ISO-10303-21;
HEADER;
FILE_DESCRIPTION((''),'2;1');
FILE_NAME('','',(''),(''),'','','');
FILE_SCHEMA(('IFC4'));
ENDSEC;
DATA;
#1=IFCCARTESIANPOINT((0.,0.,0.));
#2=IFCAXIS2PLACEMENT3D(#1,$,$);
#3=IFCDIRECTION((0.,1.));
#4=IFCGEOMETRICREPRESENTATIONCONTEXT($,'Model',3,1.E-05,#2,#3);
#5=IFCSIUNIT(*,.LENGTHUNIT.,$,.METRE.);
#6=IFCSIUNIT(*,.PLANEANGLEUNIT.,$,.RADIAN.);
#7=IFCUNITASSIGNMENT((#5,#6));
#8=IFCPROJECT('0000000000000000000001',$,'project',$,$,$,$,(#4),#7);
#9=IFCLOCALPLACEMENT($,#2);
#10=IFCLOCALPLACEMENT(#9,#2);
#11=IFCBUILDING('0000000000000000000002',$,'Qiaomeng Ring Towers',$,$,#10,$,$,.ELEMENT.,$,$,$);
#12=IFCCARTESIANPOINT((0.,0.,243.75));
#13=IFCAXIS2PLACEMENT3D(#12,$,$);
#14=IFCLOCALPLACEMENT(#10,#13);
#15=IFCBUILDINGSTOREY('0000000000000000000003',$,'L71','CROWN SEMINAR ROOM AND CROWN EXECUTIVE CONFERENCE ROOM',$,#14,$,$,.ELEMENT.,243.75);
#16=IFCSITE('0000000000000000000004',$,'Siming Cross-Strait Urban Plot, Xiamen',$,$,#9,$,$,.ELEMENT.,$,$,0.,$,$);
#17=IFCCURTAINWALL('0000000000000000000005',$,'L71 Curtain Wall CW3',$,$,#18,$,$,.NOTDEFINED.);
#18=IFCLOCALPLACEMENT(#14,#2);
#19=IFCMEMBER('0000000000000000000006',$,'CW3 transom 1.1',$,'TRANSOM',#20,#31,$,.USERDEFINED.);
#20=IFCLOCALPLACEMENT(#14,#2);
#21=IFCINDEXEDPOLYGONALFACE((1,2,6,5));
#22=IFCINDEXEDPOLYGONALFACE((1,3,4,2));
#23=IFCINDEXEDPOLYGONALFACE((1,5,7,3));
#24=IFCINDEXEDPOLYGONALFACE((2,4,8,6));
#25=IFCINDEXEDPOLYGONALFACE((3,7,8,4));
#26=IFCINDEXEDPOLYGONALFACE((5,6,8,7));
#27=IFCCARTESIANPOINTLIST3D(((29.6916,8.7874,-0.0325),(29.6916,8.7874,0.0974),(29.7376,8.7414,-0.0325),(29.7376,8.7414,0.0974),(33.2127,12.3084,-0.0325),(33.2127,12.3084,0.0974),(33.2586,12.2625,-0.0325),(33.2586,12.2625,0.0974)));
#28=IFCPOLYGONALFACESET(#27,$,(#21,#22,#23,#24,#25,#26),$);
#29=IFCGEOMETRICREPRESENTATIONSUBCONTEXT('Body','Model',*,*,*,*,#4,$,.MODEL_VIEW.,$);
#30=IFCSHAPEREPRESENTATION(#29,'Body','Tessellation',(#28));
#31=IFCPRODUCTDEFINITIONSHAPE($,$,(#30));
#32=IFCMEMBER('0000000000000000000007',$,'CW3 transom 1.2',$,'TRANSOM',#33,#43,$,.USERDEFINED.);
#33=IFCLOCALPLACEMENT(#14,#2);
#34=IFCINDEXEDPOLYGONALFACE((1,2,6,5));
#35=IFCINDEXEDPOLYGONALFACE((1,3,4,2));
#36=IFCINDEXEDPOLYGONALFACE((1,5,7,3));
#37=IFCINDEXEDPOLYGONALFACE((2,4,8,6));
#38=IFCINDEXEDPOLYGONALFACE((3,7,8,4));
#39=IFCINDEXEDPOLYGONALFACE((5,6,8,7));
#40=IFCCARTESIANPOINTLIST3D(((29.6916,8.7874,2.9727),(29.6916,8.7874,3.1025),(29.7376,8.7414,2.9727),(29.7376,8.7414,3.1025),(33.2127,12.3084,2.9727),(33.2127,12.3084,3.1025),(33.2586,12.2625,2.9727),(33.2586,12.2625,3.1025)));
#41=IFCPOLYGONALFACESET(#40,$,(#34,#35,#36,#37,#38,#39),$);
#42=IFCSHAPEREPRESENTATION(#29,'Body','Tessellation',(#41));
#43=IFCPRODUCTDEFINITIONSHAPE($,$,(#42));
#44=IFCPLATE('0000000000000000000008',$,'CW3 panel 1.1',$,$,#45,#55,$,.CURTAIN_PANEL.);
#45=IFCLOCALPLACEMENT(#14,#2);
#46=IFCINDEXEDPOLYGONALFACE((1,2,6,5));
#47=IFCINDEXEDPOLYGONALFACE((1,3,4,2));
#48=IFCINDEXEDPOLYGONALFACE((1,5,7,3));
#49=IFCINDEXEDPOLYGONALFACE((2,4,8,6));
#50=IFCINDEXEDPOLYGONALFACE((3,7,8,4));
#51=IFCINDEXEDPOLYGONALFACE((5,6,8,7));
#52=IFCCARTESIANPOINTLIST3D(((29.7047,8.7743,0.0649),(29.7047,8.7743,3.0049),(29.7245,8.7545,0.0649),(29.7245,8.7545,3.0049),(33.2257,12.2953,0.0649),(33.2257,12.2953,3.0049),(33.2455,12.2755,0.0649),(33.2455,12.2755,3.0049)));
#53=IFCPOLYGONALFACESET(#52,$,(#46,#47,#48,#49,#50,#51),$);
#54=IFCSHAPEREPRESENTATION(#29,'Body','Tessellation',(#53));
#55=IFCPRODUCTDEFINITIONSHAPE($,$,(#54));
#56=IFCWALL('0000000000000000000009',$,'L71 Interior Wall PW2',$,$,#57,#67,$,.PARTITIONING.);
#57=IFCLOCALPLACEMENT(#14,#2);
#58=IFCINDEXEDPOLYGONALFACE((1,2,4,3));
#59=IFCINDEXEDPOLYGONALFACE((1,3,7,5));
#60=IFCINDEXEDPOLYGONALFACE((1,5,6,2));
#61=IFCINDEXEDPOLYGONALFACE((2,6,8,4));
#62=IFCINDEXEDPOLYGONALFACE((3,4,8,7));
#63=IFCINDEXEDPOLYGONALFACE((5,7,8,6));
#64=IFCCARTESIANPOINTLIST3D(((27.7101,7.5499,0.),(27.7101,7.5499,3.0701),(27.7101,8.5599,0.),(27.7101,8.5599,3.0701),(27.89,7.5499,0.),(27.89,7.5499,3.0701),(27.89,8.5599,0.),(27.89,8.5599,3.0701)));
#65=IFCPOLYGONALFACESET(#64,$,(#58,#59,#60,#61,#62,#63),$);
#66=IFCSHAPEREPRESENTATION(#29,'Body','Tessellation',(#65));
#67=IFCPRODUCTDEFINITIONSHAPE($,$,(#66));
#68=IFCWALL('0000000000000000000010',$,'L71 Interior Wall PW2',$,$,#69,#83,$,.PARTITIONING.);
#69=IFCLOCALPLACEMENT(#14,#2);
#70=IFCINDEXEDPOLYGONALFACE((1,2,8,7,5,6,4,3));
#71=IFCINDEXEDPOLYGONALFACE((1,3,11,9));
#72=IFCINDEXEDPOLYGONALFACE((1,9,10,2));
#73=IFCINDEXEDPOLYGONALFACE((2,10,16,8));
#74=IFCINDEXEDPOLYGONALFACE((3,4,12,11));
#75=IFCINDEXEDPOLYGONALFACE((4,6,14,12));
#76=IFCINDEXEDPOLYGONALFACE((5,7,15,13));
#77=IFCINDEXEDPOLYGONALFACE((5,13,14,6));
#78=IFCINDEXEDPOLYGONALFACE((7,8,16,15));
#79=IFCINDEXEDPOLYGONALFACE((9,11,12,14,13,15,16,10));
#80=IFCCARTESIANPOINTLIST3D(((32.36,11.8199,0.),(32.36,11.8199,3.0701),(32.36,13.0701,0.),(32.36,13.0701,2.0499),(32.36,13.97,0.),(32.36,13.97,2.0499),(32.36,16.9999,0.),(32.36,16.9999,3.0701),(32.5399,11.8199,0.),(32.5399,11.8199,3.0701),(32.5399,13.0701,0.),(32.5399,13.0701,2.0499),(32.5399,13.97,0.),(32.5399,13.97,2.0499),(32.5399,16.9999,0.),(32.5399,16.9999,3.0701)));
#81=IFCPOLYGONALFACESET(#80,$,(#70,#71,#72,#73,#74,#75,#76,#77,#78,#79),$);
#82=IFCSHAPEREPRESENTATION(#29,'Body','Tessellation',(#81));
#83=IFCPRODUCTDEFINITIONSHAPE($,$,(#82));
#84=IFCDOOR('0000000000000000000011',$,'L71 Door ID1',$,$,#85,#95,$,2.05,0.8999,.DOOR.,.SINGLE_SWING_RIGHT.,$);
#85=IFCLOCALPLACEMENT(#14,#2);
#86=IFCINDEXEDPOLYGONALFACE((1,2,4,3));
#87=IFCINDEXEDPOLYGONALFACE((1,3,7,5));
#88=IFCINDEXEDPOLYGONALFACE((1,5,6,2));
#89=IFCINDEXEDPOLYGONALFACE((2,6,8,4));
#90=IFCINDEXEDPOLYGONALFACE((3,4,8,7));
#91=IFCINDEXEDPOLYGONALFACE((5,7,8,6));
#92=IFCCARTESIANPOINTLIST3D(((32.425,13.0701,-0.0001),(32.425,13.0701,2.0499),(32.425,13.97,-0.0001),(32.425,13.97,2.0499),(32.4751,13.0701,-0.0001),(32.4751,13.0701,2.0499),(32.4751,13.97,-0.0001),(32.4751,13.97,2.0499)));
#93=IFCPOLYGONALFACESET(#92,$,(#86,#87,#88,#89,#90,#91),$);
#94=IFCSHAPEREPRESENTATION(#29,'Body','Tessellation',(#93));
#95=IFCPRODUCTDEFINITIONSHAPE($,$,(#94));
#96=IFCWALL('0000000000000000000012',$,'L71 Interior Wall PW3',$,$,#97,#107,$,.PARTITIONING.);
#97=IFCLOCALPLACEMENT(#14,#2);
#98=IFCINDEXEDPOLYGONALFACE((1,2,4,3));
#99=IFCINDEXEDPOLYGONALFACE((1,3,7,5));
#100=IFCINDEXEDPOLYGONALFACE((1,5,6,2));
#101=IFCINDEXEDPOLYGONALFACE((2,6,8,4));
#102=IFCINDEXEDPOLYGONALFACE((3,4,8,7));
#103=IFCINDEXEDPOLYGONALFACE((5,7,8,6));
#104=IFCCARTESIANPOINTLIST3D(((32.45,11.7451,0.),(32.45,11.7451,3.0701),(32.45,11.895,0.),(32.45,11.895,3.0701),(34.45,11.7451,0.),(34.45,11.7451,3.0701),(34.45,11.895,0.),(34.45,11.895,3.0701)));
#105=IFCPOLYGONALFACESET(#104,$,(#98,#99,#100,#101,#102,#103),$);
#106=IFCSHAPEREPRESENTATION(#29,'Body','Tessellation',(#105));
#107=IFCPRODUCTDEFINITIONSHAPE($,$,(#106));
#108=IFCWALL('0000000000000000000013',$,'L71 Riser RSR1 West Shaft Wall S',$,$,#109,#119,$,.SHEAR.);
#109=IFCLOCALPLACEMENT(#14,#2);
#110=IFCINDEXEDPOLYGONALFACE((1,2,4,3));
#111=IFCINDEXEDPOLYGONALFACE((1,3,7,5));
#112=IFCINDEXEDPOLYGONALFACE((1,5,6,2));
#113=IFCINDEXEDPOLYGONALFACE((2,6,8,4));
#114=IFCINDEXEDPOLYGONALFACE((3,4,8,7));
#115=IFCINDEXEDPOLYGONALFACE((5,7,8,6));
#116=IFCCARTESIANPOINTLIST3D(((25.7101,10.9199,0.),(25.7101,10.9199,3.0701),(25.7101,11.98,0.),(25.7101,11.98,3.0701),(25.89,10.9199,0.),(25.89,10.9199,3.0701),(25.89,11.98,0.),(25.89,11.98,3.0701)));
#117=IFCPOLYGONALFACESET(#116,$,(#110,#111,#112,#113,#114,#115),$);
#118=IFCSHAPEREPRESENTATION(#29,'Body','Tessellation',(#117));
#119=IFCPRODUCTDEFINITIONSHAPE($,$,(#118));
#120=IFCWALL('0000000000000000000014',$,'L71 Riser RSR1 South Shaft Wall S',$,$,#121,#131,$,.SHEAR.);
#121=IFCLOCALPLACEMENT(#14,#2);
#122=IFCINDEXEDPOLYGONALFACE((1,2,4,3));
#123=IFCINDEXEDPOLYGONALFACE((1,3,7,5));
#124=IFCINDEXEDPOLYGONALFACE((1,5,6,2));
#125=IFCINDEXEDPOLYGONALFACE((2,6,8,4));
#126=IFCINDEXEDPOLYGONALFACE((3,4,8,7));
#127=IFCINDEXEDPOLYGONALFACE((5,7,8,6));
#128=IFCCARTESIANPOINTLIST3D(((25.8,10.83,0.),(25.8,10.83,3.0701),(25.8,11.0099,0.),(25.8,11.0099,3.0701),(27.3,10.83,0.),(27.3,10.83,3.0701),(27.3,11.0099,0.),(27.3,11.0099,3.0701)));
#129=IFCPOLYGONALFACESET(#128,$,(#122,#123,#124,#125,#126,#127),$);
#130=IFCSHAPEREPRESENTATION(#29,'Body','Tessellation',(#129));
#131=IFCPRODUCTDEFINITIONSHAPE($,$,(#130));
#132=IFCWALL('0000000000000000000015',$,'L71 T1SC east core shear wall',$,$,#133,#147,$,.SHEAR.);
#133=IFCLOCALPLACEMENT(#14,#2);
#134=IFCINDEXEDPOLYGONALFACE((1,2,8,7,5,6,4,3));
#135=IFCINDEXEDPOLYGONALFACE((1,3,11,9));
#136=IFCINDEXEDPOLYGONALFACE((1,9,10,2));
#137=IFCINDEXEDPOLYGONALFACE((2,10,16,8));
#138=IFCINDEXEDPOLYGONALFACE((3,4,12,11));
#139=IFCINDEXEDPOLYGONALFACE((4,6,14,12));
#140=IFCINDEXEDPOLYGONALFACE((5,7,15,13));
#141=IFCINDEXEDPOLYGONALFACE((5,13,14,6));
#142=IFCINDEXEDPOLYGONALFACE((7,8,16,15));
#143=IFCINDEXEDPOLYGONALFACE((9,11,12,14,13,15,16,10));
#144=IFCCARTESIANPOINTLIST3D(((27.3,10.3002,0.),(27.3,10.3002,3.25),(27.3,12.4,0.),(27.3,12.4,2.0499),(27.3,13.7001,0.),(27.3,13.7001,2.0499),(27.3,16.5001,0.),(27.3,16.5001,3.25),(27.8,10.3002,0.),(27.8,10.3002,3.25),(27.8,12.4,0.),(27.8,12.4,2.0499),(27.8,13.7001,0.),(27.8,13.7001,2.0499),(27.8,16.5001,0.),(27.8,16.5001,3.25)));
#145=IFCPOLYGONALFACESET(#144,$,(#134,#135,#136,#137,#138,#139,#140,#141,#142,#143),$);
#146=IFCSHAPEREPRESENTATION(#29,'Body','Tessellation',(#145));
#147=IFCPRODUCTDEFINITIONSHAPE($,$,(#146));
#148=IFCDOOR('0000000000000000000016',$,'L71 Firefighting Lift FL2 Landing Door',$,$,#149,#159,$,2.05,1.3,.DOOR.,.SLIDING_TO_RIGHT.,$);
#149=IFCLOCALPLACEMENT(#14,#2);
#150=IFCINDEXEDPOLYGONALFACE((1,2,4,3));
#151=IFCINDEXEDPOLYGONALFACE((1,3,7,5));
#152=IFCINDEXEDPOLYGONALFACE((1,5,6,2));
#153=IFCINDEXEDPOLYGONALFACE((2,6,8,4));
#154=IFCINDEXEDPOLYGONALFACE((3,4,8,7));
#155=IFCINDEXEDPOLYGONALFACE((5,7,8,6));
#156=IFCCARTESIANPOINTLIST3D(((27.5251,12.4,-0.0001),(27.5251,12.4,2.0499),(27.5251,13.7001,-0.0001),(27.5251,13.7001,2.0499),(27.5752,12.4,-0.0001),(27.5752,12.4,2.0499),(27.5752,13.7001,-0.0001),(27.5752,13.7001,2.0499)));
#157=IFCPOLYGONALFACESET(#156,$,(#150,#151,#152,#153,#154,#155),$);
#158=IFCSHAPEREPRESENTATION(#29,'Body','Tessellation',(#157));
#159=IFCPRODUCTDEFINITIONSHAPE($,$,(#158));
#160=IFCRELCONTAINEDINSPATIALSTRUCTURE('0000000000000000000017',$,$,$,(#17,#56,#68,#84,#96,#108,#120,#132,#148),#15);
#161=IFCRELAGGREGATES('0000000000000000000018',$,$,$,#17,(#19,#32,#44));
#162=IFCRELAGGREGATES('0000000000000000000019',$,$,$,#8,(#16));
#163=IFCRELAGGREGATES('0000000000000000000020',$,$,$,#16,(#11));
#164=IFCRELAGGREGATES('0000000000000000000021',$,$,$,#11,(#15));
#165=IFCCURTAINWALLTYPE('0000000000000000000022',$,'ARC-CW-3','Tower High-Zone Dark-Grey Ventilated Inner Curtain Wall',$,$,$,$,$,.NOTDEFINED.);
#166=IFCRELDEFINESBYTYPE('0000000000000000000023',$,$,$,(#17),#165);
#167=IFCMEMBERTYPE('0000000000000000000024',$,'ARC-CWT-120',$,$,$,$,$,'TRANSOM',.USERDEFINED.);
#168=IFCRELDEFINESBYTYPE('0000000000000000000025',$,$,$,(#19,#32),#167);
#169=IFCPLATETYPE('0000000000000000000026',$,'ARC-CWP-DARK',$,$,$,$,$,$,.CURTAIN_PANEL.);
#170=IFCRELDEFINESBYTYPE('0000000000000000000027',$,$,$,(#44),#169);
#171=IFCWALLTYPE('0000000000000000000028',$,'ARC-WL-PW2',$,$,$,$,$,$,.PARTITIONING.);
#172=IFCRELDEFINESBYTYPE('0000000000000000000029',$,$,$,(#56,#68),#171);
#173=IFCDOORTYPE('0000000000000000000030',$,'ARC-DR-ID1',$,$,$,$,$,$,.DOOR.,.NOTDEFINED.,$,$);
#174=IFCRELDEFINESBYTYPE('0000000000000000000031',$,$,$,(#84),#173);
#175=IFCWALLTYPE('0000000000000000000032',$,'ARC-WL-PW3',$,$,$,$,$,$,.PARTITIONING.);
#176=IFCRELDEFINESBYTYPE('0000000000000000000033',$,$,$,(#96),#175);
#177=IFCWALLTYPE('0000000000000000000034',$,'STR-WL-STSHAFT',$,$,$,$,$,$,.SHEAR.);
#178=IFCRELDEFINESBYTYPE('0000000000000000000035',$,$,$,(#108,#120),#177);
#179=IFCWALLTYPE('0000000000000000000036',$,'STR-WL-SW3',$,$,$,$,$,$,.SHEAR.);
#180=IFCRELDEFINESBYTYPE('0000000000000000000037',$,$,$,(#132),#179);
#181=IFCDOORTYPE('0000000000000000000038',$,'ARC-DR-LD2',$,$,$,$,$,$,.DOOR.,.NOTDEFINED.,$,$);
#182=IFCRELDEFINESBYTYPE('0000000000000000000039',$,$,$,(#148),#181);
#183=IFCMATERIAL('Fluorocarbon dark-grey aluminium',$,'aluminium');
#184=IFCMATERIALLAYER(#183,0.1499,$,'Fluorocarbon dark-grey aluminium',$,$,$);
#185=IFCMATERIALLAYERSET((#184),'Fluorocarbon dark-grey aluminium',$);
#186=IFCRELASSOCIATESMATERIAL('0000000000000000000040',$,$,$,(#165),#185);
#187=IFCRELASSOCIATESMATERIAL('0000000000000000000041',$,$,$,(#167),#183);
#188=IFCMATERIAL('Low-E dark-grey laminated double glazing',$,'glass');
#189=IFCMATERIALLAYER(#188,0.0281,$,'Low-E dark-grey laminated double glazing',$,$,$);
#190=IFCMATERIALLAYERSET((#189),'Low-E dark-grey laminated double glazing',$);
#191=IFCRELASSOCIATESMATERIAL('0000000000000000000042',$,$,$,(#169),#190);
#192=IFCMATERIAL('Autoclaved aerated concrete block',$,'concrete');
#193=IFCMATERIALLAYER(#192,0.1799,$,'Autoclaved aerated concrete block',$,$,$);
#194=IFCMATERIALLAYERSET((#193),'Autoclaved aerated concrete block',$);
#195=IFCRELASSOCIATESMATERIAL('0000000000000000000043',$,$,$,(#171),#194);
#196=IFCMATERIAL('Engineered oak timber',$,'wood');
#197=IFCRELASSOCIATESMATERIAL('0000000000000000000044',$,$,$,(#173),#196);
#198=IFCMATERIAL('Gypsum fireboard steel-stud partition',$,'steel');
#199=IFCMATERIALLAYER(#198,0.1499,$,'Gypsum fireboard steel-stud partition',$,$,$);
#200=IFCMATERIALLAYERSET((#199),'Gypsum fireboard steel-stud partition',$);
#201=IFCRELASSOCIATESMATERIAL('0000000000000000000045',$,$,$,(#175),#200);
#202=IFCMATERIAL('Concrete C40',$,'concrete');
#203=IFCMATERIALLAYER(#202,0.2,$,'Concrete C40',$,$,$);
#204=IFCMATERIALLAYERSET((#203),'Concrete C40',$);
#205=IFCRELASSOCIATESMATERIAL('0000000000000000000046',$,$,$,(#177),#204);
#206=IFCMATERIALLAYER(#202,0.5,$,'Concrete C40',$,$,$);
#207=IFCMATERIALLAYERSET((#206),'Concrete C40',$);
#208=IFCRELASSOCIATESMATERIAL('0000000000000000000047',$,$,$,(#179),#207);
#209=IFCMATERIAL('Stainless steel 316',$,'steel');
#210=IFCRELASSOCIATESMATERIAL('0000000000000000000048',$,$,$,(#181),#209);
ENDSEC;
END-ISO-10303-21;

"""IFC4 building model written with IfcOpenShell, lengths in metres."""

from ifc_helpers import new_model, si_unit, direction, frame, frame_2d, origin, origin_2d, place, context, subcontext, project, spatial, rectangle, extrude, source, transform, mapped, material, layer, layer_set, material_profile, profile_set, type_object, element, fill, aggregate, save


model = new_model("IFC4")

# Units and contexts
model_context = context("Model", 3, precision=1e-05, world=origin(), true_north=direction((0.0, 1.0)))
body_context = subcontext(model_context, "Body", "Model", "MODEL_VIEW")
ifc_project = project(units=[si_unit("LENGTHUNIT", "METRE"), si_unit("PLANEANGLEUNIT", "RADIAN")], contexts=[model_context])

# Site, building, storey
site_placement = place(None, origin())
site = spatial("IfcSite", under=ifc_project, at=site_placement, Name="Siming Cross-Strait Urban Plot, Xiamen", CompositionType="ELEMENT", RefElevation=0.0)
building_placement = place(site_placement, origin())
building = spatial("IfcBuilding", under=site, at=building_placement, Name="Qiaomeng Ring Towers", CompositionType="ELEMENT")
storey_placement = place(building_placement, frame((0.0, 0.0, 243.75)))
storey = spatial("IfcBuildingStorey", under=building, at=storey_placement, Name="L71", Description="CROWN SEMINAR ROOM AND CROWN EXECUTIVE CONFERENCE ROOM", CompositionType="ELEMENT", Elevation=243.75)

# Shared definitions
ifc_material_1 = material(Name="Concrete C40", Category="concrete")

# Curtain wall, members, plate
ifc_material_2 = material(Name="Fluorocarbon dark-grey aluminium", Category="aluminium")
ifc_layer_1 = layer(ifc_material_2, 0.1499, Name="Fluorocarbon dark-grey aluminium")
ifc_layer_set_1 = layer_set([ifc_layer_1], Name="Fluorocarbon dark-grey aluminium")
curtain_wall_type = type_object("IfcCurtainWallType", Name="ARC-CW-3", Description="Tower High-Zone Dark-Grey Ventilated Inner Curtain Wall", PredefinedType="NOTDEFINED", material=ifc_layer_set_1)
curtain_wall_placement = place(storey_placement, origin())
curtain_wall = element("IfcCurtainWall", 1, at=curtain_wall_placement, inside=storey, type_object=curtain_wall_type, Name="L71 Curtain Wall CW3", PredefinedType="NOTDEFINED")
ifc_material_profile_1 = material_profile(ifc_material_2, rectangle(XDim=0.0649, YDim=0.1299, at=origin_2d()), Name="ALU TRAN 65x130")
ifc_profile_set_1 = profile_set([ifc_material_profile_1], Name="Fluorocarbon dark-grey aluminium")
member_type_1 = type_object("IfcMemberType", Name="ARC-CWT-120", ElementType="TRANSOM", PredefinedType="USERDEFINED", material=ifc_profile_set_1)
shared_shape_1 = source(origin(), body_context, "Body", "SweptSolid", [
    extrude(rectangle(XDim=0.0649, YDim=0.1299, at=origin_2d()), origin(), (0.0, 0.0, 1.0), 4.9795),
])
member_1_placement = place(storey_placement, frame((29.7146, 8.7644, 0.0325), z_axis=(0.707107, 0.707107, 0.0), x_axis=(-0.707107, 0.707107, 0.0)))
member_1 = element("IfcMember", 2, at=member_1_placement, type_object=member_type_1, Name="CW3 transom 1.1", ObjectType="TRANSOM", PredefinedType="USERDEFINED", context=body_context, shape_type="MappedRepresentation", body=[
    mapped(shared_shape_1, transform((0.0, 0.0, 0.0), x_axis=(1.0, 0.0, 0.0), y_axis=(0.0, 1.0, 0.0), z_axis=(0.0, 0.0, 1.0), scale=1.0)),
])
member_2_placement = place(storey_placement, frame((29.7146, 8.7644, 3.0376), z_axis=(0.707107, 0.707107, 0.0), x_axis=(-0.707107, 0.707107, 0.0)))
member_2 = element("IfcMember", 3, at=member_2_placement, type_object=member_type_1, Name="CW3 transom 1.2", ObjectType="TRANSOM", PredefinedType="USERDEFINED", context=body_context, shape_type="MappedRepresentation", body=[
    mapped(shared_shape_1, transform((0.0, 0.0, 0.0), x_axis=(1.0, 0.0, 0.0), y_axis=(0.0, 1.0, 0.0), z_axis=(0.0, 0.0, 1.0), scale=1.0)),
])
ifc_material_3 = material(Name="Low-E dark-grey laminated double glazing", Category="glass")
ifc_layer_2 = layer(ifc_material_3, 0.0281, Name="Low-E dark-grey laminated double glazing")
ifc_layer_set_2 = layer_set([ifc_layer_2], Name="Low-E dark-grey laminated double glazing")
plate_type = type_object("IfcPlateType", Name="ARC-CWP-DARK", PredefinedType="CURTAIN_PANEL", material=ifc_layer_set_2)
shared_shape_2 = source(origin(), body_context, "Body", "SweptSolid", [
    extrude(rectangle(XDim=4.9795, YDim=0.0281, at=origin_2d()), origin(), (0.0, 0.0, 1.0), 2.9399),
])
plate_placement = place(storey_placement, frame((31.4751, 10.5249, 0.0649), z_axis=(0.0, 0.0, 1.0), x_axis=(0.707107, 0.707107, 0.0)))
plate = element("IfcPlate", 4, at=plate_placement, type_object=plate_type, Name="CW3 panel 1.1", PredefinedType="CURTAIN_PANEL", context=body_context, shape_type="MappedRepresentation", body=[
    mapped(shared_shape_2, transform((0.0, 0.0, 0.0), x_axis=(1.0, 0.0, 0.0), y_axis=(0.0, 1.0, 0.0), z_axis=(0.0, 0.0, 1.0), scale=1.0)),
])
aggregate(curtain_wall, [member_1, member_2, plate])

# Wall
ifc_material_4 = material(Name="Autoclaved aerated concrete block", Category="concrete")
ifc_layer_3 = layer(ifc_material_4, 0.1799, Name="Autoclaved aerated concrete block")
ifc_layer_set_3 = layer_set([ifc_layer_3], Name="Autoclaved aerated concrete block")
wall_type_1 = type_object("IfcWallType", Name="ARC-WL-PW2", PredefinedType="PARTITIONING", material=ifc_layer_set_3)
wall_1_placement = place(storey_placement, frame((27.8, 7.55, 0.0), z_axis=(0.0, 0.0, 1.0), x_axis=(0.0, 1.0, 0.0)))
element("IfcWall", 5, at=wall_1_placement, inside=storey, type_object=wall_type_1, Name="L71 Interior Wall PW2", PredefinedType="PARTITIONING", context=body_context, shape_type="SweptSolid", body=[
    extrude(rectangle(XDim=1.01, YDim=0.1799, at=frame_2d((0.5049, 0.0))), origin(), (0.0, 0.0, 1.0), 3.0701),
])

# Wall, opening, door
wall_2_placement = place(storey_placement, frame((32.45, 11.8201, 0.0), z_axis=(0.0, 0.0, 1.0), x_axis=(0.0, 1.0, 0.0)))
wall_2 = element("IfcWall", 6, at=wall_2_placement, inside=storey, type_object=wall_type_1, Name="L71 Interior Wall PW2", PredefinedType="PARTITIONING", context=body_context, shape_type="SweptSolid", body=[
    extrude(rectangle(XDim=5.1799, YDim=0.1799, at=frame_2d((2.5898, 0.0))), origin(), (0.0, 0.0, 1.0), 3.0701),
])
opening_1_placement = place(wall_2_placement, frame((1.25, 0.0, 0.0)))
opening_1 = element("IfcOpeningElement", 7, at=opening_1_placement, cuts=wall_2, PredefinedType="OPENING", context=body_context, shape_type="SweptSolid", body=[
    extrude(rectangle(XDim=0.8999, YDim=2.05, at=frame_2d((0.45, 1.0249))), frame((0.0, 0.0999, 0.0), z_axis=(0.0, -1.0, 0.0), x_axis=(1.0, 0.0, 0.0)), (0.0, 0.0, 1.0), 0.2),
])
ifc_material_5 = material(Name="Engineered oak timber", Category="wood")
door_type_1 = type_object("IfcDoorType", Name="ARC-DR-ID1", OperationType="NOTDEFINED", PredefinedType="DOOR", material=ifc_material_5)
shared_shape_3 = source(origin(), body_context, "Body", "SweptSolid", [
    extrude(rectangle(XDim=0.8999, YDim=2.05, at=frame_2d((0.45, 1.0249))), frame((0.0, 0.0249, 0.0), z_axis=(0.0, -1.0, 0.0), x_axis=(1.0, 0.0, 0.0)), (0.0, 0.0, 1.0), 0.05),
])
door_1_placement = place(opening_1_placement, origin())
door_1 = element("IfcDoor", 8, at=door_1_placement, inside=storey, type_object=door_type_1, Name="L71 Door ID1", OperationType="SINGLE_SWING_RIGHT", OverallHeight=2.05, OverallWidth=0.8999, PredefinedType="DOOR", context=body_context, shape_type="MappedRepresentation", body=[
    mapped(shared_shape_3, transform((0.0, 0.0, 0.0), x_axis=(1.0, 0.0, 0.0), y_axis=(0.0, 1.0, 0.0), z_axis=(0.0, 0.0, 1.0), scale=1.0)),
])
fill(opening_1, door_1)

# Walls
ifc_material_6 = material(Name="Gypsum fireboard steel-stud partition", Category="steel")
ifc_layer_4 = layer(ifc_material_6, 0.1499, Name="Gypsum fireboard steel-stud partition")
ifc_layer_set_4 = layer_set([ifc_layer_4], Name="Gypsum fireboard steel-stud partition")
wall_type_2 = type_object("IfcWallType", Name="ARC-WL-PW3", PredefinedType="PARTITIONING", material=ifc_layer_set_4)
wall_3_placement = place(storey_placement, frame((32.45, 11.8201, 0.0), z_axis=(0.0, 0.0, 1.0), x_axis=(1.0, 0.0, 0.0)))
element("IfcWall", 9, at=wall_3_placement, inside=storey, type_object=wall_type_2, Name="L71 Interior Wall PW3", PredefinedType="PARTITIONING", context=body_context, shape_type="SweptSolid", body=[
    extrude(rectangle(XDim=2.0, YDim=0.1499, at=frame_2d((1.0, 0.0))), origin(), (0.0, 0.0, 1.0), 3.0701),
])
ifc_layer_5 = layer(ifc_material_1, 0.2, Name="Concrete C40")
ifc_layer_set_5 = layer_set([ifc_layer_5], Name="Concrete C40")
wall_type_3 = type_object("IfcWallType", Name="STR-WL-STSHAFT", PredefinedType="SHEAR", material=ifc_layer_set_5)
wall_4_placement = place(storey_placement, frame((25.8, 10.9199, 0.0), z_axis=(0.0, 0.0, 1.0), x_axis=(0.0, 1.0, 0.0)))
element("IfcWall", 10, at=wall_4_placement, inside=storey, type_object=wall_type_3, Name="L71 Riser RSR1 West Shaft Wall S", PredefinedType="SHEAR", context=body_context, shape_type="SweptSolid", body=[
    extrude(rectangle(XDim=1.0601, YDim=0.1799, at=frame_2d((0.53, 0.0))), origin(), (0.0, 0.0, 1.0), 3.0701),
])
wall_5_placement = place(storey_placement, frame((25.8, 10.9199, 0.0), z_axis=(0.0, 0.0, 1.0), x_axis=(1.0, 0.0, 0.0)))
element("IfcWall", 11, at=wall_5_placement, inside=storey, type_object=wall_type_3, Name="L71 Riser RSR1 South Shaft Wall S", PredefinedType="SHEAR", context=body_context, shape_type="SweptSolid", body=[
    extrude(rectangle(XDim=1.5, YDim=0.1799, at=frame_2d((0.75, 0.0))), origin(), (0.0, 0.0, 1.0), 3.0701),
])

# Wall, opening, door
ifc_layer_6 = layer(ifc_material_1, 0.5, Name="Concrete C40")
ifc_layer_set_6 = layer_set([ifc_layer_6], Name="Concrete C40")
wall_type_4 = type_object("IfcWallType", Name="STR-WL-SW3", PredefinedType="SHEAR", material=ifc_layer_set_6)
wall_6_placement = place(storey_placement, frame((27.55, 10.3, 0.0), z_axis=(0.0, 0.0, 1.0), x_axis=(0.0, 1.0, 0.0)))
wall_6 = element("IfcWall", 12, at=wall_6_placement, inside=storey, type_object=wall_type_4, Name="L71 T1SC east core shear wall", PredefinedType="SHEAR", context=body_context, shape_type="SweptSolid", body=[
    extrude(rectangle(XDim=6.2, YDim=0.5, at=frame_2d((3.1001, 0.0))), origin(), (0.0, 0.0, 1.0), 3.25),
])
opening_2_placement = place(wall_6_placement, frame((2.1001, 0.0, 0.0)))
opening_2 = element("IfcOpeningElement", 13, at=opening_2_placement, cuts=wall_6, PredefinedType="OPENING", context=body_context, shape_type="SweptSolid", body=[
    extrude(rectangle(XDim=1.3, YDim=2.05, at=frame_2d((0.6499, 1.0249))), frame((0.0, 0.26, 0.0), z_axis=(0.0, -1.0, 0.0), x_axis=(1.0, 0.0, 0.0)), (0.0, 0.0, 1.0), 0.52),
])
ifc_material_7 = material(Name="Stainless steel 316", Category="steel")
door_type_2 = type_object("IfcDoorType", Name="ARC-DR-LD2", OperationType="NOTDEFINED", PredefinedType="DOOR", material=ifc_material_7)
shared_shape_4 = source(origin(), body_context, "Body", "SweptSolid", [
    extrude(rectangle(XDim=1.3, YDim=2.05, at=frame_2d((0.6499, 1.0249))), frame((0.0, 0.0249, 0.0), z_axis=(0.0, -1.0, 0.0), x_axis=(1.0, 0.0, 0.0)), (0.0, 0.0, 1.0), 0.05),
])
door_2_placement = place(opening_2_placement, origin())
door_2 = element("IfcDoor", 14, at=door_2_placement, inside=storey, type_object=door_type_2, Name="L71 Firefighting Lift FL2 Landing Door", OperationType="SLIDING_TO_RIGHT", OverallHeight=2.05, OverallWidth=1.3, PredefinedType="DOOR", context=body_context, shape_type="MappedRepresentation", body=[
    mapped(shared_shape_4, transform((0.0, 0.0, 0.0), x_axis=(1.0, 0.0, 0.0), y_axis=(0.0, 1.0, 0.0), z_axis=(0.0, 0.0, 1.0), scale=1.0)),
])
fill(opening_2, door_2)

save(model, "model.ifc")
